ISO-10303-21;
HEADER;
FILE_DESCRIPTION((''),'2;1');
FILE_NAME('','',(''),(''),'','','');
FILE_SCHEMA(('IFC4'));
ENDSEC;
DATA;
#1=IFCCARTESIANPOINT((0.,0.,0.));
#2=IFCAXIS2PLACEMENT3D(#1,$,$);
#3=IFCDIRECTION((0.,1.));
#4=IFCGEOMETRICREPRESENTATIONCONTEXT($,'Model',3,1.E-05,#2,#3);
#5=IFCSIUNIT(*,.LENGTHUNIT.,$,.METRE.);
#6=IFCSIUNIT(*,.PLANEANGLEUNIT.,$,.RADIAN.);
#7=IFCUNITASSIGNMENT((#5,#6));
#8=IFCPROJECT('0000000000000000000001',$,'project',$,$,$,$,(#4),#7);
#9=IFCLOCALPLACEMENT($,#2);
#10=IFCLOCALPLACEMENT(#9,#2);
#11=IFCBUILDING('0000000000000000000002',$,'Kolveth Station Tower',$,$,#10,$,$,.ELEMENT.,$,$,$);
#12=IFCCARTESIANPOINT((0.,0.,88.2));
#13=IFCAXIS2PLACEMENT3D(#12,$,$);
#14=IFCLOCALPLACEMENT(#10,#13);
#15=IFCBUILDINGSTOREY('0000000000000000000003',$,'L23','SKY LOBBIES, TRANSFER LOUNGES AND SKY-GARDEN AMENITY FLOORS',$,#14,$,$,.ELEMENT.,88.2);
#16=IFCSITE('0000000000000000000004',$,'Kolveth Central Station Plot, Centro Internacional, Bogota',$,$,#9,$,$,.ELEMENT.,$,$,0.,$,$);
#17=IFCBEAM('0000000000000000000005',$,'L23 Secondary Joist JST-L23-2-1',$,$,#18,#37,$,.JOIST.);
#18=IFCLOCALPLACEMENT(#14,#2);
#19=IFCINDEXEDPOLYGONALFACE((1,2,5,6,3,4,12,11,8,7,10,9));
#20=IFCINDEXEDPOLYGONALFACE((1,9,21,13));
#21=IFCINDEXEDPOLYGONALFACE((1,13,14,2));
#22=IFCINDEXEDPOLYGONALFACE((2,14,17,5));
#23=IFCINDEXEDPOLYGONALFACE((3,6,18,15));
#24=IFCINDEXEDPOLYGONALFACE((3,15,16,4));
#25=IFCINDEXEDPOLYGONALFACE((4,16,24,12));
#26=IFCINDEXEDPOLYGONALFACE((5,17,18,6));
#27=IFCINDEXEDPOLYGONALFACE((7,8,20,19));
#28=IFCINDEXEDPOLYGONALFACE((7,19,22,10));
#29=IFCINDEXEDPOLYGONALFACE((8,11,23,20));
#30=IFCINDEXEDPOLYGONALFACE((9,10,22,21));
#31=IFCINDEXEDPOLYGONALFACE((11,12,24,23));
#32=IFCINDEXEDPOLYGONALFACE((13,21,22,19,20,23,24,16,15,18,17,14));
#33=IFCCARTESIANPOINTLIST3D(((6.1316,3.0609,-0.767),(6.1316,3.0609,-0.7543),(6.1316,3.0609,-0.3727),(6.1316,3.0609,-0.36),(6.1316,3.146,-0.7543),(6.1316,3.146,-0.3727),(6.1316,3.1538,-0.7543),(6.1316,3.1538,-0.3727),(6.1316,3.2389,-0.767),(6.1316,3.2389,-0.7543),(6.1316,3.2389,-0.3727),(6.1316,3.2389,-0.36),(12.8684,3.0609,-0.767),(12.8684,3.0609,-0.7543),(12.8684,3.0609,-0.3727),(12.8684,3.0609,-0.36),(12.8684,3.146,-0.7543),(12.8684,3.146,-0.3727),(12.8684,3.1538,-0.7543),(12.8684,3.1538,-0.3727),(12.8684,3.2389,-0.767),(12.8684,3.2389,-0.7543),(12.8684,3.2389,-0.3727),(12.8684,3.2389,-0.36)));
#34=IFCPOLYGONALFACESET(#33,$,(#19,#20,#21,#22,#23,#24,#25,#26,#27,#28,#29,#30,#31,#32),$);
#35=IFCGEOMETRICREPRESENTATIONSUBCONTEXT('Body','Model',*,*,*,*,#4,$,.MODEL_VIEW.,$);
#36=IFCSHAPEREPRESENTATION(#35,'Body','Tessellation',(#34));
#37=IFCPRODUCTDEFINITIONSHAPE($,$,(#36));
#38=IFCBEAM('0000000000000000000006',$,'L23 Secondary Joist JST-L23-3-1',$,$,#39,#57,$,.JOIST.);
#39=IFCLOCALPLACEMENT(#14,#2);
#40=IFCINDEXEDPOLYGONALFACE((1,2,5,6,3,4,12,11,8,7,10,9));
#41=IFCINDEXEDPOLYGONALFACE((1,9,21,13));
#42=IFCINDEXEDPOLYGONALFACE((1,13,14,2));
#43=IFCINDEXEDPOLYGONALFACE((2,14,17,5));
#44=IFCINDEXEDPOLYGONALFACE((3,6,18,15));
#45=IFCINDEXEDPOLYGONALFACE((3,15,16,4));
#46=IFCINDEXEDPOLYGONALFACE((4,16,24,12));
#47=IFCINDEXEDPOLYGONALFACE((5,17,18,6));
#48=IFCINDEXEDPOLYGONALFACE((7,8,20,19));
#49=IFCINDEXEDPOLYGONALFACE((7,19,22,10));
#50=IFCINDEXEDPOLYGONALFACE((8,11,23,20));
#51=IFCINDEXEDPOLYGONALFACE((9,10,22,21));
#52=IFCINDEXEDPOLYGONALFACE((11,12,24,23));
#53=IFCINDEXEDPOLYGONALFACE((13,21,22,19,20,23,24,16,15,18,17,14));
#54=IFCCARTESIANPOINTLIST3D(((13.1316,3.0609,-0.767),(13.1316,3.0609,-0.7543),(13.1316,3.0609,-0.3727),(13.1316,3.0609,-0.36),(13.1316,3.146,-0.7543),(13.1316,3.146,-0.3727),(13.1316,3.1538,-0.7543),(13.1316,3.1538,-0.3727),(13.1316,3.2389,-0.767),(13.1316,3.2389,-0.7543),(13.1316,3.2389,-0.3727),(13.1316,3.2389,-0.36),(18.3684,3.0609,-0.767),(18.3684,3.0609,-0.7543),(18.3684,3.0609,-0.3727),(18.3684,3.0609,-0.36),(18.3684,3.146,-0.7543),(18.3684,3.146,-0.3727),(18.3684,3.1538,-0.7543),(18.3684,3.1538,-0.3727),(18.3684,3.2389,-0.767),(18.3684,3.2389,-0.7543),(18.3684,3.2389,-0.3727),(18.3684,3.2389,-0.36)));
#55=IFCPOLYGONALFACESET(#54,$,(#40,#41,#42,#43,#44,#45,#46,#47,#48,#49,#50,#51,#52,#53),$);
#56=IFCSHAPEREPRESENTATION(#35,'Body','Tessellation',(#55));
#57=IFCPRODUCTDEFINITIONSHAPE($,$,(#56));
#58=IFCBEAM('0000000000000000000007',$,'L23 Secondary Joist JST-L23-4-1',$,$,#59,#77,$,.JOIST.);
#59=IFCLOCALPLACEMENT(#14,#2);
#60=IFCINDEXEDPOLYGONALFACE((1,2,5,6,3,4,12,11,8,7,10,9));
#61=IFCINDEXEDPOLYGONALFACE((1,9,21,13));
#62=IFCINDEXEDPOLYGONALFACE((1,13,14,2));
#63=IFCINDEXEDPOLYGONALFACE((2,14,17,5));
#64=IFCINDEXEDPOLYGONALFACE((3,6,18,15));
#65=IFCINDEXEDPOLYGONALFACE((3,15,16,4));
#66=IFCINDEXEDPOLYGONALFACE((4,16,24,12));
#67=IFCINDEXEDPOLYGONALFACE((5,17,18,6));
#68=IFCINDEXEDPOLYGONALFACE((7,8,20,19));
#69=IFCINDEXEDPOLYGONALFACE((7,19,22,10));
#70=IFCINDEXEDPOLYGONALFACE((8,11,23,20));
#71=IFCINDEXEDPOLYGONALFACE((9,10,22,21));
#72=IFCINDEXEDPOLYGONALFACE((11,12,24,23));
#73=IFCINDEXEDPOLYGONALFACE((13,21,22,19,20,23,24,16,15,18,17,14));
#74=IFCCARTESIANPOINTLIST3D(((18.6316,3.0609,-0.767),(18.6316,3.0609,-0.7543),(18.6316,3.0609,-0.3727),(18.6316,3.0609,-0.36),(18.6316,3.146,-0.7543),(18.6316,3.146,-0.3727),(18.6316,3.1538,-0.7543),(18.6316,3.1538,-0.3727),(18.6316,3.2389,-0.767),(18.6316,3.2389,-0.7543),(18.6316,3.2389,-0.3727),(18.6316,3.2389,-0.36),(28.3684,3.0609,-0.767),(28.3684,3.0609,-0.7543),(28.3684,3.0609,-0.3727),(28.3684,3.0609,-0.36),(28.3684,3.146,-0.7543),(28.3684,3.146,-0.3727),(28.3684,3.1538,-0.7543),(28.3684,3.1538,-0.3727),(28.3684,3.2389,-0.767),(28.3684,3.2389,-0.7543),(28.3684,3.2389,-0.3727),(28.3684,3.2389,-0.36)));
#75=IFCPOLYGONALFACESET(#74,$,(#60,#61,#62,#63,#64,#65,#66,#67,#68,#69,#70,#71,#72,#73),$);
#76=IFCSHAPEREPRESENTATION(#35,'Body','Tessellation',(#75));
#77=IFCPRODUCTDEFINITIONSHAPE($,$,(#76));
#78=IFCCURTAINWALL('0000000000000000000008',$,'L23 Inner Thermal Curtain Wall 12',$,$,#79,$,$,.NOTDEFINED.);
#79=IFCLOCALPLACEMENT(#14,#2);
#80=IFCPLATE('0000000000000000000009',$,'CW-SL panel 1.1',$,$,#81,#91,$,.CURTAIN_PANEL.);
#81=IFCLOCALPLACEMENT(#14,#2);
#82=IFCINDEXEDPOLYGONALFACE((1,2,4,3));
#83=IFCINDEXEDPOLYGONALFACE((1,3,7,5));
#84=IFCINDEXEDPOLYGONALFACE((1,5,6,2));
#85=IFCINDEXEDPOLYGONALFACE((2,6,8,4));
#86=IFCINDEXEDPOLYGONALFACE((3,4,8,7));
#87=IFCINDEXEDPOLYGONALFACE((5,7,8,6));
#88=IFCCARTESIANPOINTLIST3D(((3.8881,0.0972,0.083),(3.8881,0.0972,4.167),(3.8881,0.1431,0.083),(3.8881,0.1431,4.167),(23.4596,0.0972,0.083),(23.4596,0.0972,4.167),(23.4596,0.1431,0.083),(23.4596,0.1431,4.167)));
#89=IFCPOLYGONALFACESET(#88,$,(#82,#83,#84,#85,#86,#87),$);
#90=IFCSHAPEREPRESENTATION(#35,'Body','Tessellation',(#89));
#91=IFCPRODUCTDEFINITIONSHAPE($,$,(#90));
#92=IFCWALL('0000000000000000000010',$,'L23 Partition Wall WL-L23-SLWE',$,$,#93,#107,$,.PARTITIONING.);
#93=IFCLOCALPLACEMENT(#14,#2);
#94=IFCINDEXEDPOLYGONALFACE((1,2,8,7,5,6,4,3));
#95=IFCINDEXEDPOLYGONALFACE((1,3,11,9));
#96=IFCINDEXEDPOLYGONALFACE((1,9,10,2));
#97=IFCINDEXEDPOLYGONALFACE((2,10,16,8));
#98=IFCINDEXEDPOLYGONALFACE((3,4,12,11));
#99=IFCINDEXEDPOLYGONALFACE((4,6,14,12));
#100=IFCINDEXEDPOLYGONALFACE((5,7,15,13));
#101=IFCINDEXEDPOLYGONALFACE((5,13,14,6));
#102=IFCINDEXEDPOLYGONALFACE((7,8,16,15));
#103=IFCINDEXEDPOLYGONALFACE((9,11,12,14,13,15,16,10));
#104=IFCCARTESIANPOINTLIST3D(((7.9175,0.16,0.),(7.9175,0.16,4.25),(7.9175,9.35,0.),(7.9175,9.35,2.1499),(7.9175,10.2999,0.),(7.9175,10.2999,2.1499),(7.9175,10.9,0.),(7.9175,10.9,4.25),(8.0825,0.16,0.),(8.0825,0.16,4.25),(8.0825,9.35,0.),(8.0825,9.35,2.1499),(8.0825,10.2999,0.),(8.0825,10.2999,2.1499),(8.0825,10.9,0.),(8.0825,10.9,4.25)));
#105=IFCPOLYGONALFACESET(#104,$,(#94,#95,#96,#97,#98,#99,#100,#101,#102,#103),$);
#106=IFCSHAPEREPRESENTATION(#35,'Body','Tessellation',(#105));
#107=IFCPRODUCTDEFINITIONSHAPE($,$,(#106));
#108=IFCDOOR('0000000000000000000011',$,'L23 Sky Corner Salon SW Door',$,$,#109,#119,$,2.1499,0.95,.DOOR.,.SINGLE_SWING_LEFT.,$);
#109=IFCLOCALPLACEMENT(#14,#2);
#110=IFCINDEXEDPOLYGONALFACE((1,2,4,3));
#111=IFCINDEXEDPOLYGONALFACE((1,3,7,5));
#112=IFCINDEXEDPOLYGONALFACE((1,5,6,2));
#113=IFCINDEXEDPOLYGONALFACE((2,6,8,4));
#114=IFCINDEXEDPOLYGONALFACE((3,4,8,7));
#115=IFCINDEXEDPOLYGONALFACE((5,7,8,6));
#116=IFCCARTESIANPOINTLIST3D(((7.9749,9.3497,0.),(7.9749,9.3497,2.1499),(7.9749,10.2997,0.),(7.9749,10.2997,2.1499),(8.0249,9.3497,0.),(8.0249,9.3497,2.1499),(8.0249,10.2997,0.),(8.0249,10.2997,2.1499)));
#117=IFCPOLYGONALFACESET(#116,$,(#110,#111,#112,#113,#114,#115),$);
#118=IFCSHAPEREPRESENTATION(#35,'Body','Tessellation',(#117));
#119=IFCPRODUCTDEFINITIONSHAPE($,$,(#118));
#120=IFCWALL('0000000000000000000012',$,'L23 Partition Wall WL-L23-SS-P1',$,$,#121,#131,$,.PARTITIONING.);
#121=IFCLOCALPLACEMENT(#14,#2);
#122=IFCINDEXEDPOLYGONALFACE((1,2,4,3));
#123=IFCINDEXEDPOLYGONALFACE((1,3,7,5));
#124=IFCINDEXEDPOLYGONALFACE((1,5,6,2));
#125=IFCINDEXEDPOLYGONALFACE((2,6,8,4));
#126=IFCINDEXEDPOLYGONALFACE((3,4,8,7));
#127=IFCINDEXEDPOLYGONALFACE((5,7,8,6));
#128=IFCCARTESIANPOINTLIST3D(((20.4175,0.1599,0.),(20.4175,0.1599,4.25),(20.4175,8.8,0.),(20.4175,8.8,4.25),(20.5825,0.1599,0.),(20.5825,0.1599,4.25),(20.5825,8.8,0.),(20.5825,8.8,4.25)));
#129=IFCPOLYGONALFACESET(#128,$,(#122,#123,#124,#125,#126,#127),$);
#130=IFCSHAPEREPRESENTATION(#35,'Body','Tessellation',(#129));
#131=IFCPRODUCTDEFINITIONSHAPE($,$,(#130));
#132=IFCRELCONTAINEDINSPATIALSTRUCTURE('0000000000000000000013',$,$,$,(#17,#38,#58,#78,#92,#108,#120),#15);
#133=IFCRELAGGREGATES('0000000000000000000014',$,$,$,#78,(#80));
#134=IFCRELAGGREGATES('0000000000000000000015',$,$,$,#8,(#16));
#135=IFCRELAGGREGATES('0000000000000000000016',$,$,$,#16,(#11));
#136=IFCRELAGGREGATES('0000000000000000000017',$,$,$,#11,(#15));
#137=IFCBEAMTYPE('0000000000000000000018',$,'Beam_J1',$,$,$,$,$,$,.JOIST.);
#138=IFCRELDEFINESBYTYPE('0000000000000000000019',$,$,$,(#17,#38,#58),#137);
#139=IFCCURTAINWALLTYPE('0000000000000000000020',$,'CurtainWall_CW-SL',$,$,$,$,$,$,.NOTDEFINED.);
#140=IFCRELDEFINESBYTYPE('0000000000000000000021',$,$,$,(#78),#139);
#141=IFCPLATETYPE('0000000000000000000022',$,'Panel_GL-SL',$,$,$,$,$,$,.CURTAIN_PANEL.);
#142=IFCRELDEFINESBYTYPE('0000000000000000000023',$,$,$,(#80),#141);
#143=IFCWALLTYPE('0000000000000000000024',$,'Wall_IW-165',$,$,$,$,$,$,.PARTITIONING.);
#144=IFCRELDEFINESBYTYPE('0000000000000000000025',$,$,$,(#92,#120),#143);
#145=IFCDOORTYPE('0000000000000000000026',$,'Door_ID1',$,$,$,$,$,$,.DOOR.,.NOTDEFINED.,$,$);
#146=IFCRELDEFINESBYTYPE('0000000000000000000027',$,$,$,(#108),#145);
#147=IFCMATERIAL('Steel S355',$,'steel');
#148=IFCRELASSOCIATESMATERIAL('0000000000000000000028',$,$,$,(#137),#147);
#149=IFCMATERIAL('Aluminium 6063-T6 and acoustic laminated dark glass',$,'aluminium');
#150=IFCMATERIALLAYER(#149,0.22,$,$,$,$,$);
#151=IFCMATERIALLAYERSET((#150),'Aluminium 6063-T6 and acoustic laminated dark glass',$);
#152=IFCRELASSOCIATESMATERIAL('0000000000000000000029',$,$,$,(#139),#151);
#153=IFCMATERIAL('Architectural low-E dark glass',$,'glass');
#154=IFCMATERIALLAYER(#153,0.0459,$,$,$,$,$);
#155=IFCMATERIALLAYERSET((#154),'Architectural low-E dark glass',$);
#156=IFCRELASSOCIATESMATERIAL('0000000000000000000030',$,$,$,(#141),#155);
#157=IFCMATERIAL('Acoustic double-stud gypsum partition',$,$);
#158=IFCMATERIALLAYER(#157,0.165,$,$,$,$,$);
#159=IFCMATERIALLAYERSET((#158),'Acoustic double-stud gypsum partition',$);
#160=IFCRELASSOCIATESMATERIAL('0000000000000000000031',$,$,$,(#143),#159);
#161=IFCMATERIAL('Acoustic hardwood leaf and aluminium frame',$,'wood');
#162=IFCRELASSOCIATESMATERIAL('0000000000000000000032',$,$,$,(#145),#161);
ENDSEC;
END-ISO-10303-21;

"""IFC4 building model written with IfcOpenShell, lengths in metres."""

from ifc_helpers import new_model, si_unit, direction, frame, frame_2d, origin, origin_2d, place, context, subcontext, project, spatial, rectangle, i_section, extrude, source, transform, mapped, material, layer, layer_set, material_profile, profile_set, type_object, element, fill, aggregate, save


model = new_model("IFC4")

# Units and contexts
model_context = context("Model", 3, precision=1e-05, world=origin(), true_north=direction((0.0, 1.0)))
body_context = subcontext(model_context, "Body", "Model", "MODEL_VIEW")
ifc_project = project(units=[si_unit("LENGTHUNIT", "METRE"), si_unit("PLANEANGLEUNIT", "RADIAN")], contexts=[model_context])

# Site, building, storey
site_placement = place(None, origin())
site = spatial("IfcSite", under=ifc_project, at=site_placement, Name="Kolveth Central Station Plot, Centro Internacional, Bogota", CompositionType="ELEMENT", RefElevation=0.0)
building_placement = place(site_placement, origin())
building = spatial("IfcBuilding", under=site, at=building_placement, Name="Kolveth Station Tower", CompositionType="ELEMENT")
storey_placement = place(building_placement, frame((0.0, 0.0, 88.2)))
storey = spatial("IfcBuildingStorey", under=building, at=storey_placement, Name="L23", Description="SKY LOBBIES, TRANSFER LOUNGES AND SKY-GARDEN AMENITY FLOORS", CompositionType="ELEMENT", Elevation=88.2)

# Beams
ifc_material_1 = material(Name="Steel S355", Category="steel")
ifc_material_profile_1 = material_profile(ifc_material_1, i_section(OverallWidth=0.178, OverallDepth=0.407, WebThickness=0.0078, FlangeThickness=0.0127, at=origin_2d()), Name="W410x60")
ifc_profile_set_1 = profile_set([ifc_material_profile_1], Name="Steel S355")
beam_type_1 = type_object("IfcBeamType", Name="Beam_J1", PredefinedType="JOIST", material=ifc_profile_set_1)
shared_shape_1 = source(origin(), body_context, "Body", "SweptSolid", [
    extrude(i_section(OverallWidth=0.178, OverallDepth=0.407, WebThickness=0.0078, FlangeThickness=0.0127, at=origin_2d()), origin(), (0.0, 0.0, 1.0), 6.7368),
])
beam_1_placement = place(storey_placement, frame((6.1316, 3.1499, -0.5635), z_axis=(1.0, 0.0, 0.0), x_axis=(0.0, 1.0, 0.0)))
element("IfcBeam", 1, at=beam_1_placement, inside=storey, type_object=beam_type_1, Name="L23 Secondary Joist JST-L23-2-1", PredefinedType="JOIST", context=body_context, shape_type="MappedRepresentation", body=[
    mapped(shared_shape_1, transform((0.0, 0.0, 0.0), x_axis=(1.0, 0.0, 0.0), y_axis=(0.0, 1.0, 0.0), z_axis=(0.0, 0.0, 1.0), scale=1.0)),
])
shared_shape_2 = source(origin(), body_context, "Body", "SweptSolid", [
    extrude(i_section(OverallWidth=0.178, OverallDepth=0.407, WebThickness=0.0078, FlangeThickness=0.0127, at=origin_2d()), origin(), (0.0, 0.0, 1.0), 5.2368),
])
beam_2_placement = place(storey_placement, frame((13.1316, 3.1499, -0.5635), z_axis=(1.0, 0.0, 0.0), x_axis=(0.0, 1.0, 0.0)))
element("IfcBeam", 2, at=beam_2_placement, inside=storey, type_object=beam_type_1, Name="L23 Secondary Joist JST-L23-3-1", PredefinedType="JOIST", context=body_context, shape_type="MappedRepresentation", body=[
    mapped(shared_shape_2, transform((0.0, 0.0, 0.0), x_axis=(1.0, 0.0, 0.0), y_axis=(0.0, 1.0, 0.0), z_axis=(0.0, 0.0, 1.0), scale=1.0)),
])
shared_shape_3 = source(origin(), body_context, "Body", "SweptSolid", [
    extrude(i_section(OverallWidth=0.178, OverallDepth=0.407, WebThickness=0.0078, FlangeThickness=0.0127, at=origin_2d()), origin(), (0.0, 0.0, 1.0), 9.7368),
])
beam_3_placement = place(storey_placement, frame((18.6316, 3.1499, -0.5635), z_axis=(1.0, 0.0, 0.0), x_axis=(0.0, 1.0, 0.0)))
element("IfcBeam", 3, at=beam_3_placement, inside=storey, type_object=beam_type_1, Name="L23 Secondary Joist JST-L23-4-1", PredefinedType="JOIST", context=body_context, shape_type="MappedRepresentation", body=[
    mapped(shared_shape_3, transform((0.0, 0.0, 0.0), x_axis=(1.0, 0.0, 0.0), y_axis=(0.0, 1.0, 0.0), z_axis=(0.0, 0.0, 1.0), scale=1.0)),
])

# Curtain wall, plate
ifc_material_2 = material(Name="Aluminium 6063-T6 and acoustic laminated dark glass", Category="aluminium")
ifc_layer_1 = layer(ifc_material_2, 0.22)
ifc_layer_set_1 = layer_set([ifc_layer_1], Name="Aluminium 6063-T6 and acoustic laminated dark glass")
curtain_wall_type = type_object("IfcCurtainWallType", Name="CurtainWall_CW-SL", PredefinedType="NOTDEFINED", material=ifc_layer_set_1)
curtain_wall_placement = place(storey_placement, origin())
curtain_wall = element("IfcCurtainWall", 4, at=curtain_wall_placement, inside=storey, type_object=curtain_wall_type, Name="L23 Inner Thermal Curtain Wall 12", PredefinedType="NOTDEFINED")
ifc_material_3 = material(Name="Architectural low-E dark glass", Category="glass")
ifc_layer_2 = layer(ifc_material_3, 0.0459)
ifc_layer_set_2 = layer_set([ifc_layer_2], Name="Architectural low-E dark glass")
plate_type = type_object("IfcPlateType", Name="Panel_GL-SL", PredefinedType="CURTAIN_PANEL", material=ifc_layer_set_2)
shared_shape_4 = source(origin(), body_context, "Body", "SweptSolid", [
    extrude(rectangle(XDim=19.5715, YDim=0.0459, at=origin_2d()), origin(), (0.0, 0.0, 1.0), 4.084),
])
plate_placement = place(storey_placement, frame((13.6738, 0.1201, 0.083), z_axis=(0.0, 0.0, 1.0), x_axis=(1.0, 0.0, 0.0)))
plate = element("IfcPlate", 5, at=plate_placement, type_object=plate_type, Name="CW-SL panel 1.1", PredefinedType="CURTAIN_PANEL", context=body_context, shape_type="MappedRepresentation", body=[
    mapped(shared_shape_4, transform((0.0, 0.0, 0.0), x_axis=(1.0, 0.0, 0.0), y_axis=(0.0, 1.0, 0.0), z_axis=(0.0, 0.0, 1.0), scale=1.0)),
])
aggregate(curtain_wall, [plate])

# Wall, opening, door
ifc_material_4 = material(Name="Acoustic double-stud gypsum partition")
ifc_layer_3 = layer(ifc_material_4, 0.165)
ifc_layer_set_3 = layer_set([ifc_layer_3], Name="Acoustic double-stud gypsum partition")
wall_type = type_object("IfcWallType", Name="Wall_IW-165", PredefinedType="PARTITIONING", material=ifc_layer_set_3)
wall_1_placement = place(storey_placement, frame((8.0, 0.1599, 0.0), z_axis=(0.0, 0.0, 1.0), x_axis=(0.0, 1.0, 0.0)))
wall_1 = element("IfcWall", 6, at=wall_1_placement, inside=storey, type_object=wall_type, Name="L23 Partition Wall WL-L23-SLWE", PredefinedType="PARTITIONING", context=body_context, shape_type="SweptSolid", body=[
    extrude(rectangle(XDim=10.74, YDim=0.165, at=frame_2d((5.3701, 0.0))), origin(), (0.0, 0.0, 1.0), 4.25),
])
opening_placement = place(wall_1_placement, frame((9.1899, 0.0, 0.0)))
opening = element("IfcOpeningElement", 7, at=opening_placement, cuts=wall_1, PredefinedType="OPENING", context=body_context, shape_type="SweptSolid", body=[
    extrude(rectangle(XDim=0.95, YDim=2.1499, at=frame_2d((0.4751, 1.075))), frame((0.0, 0.0925, 0.0), z_axis=(0.0, -1.0, 0.0), x_axis=(1.0, 0.0, 0.0)), (0.0, 0.0, 1.0), 0.1851),
])
ifc_material_5 = material(Name="Acoustic hardwood leaf and aluminium frame", Category="wood")
door_type = type_object("IfcDoorType", Name="Door_ID1", OperationType="NOTDEFINED", PredefinedType="DOOR", material=ifc_material_5)
door_placement = place(opening_placement, frame((0.95, 0.0, 0.0), z_axis=(0.0, 0.0, 1.0), x_axis=(-1.0, 0.0, 0.0)))
door = element("IfcDoor", 8, at=door_placement, inside=storey, type_object=door_type, Name="L23 Sky Corner Salon SW Door", OperationType="SINGLE_SWING_LEFT", OverallHeight=2.1499, OverallWidth=0.95, PredefinedType="DOOR", context=body_context, shape_type="SweptSolid", body=[
    extrude(rectangle(XDim=0.95, YDim=2.1499, at=frame_2d((0.4751, 1.075))), frame((0.0, 0.0249, 0.0), z_axis=(0.0, -1.0, 0.0), x_axis=(1.0, 0.0, 0.0)), (0.0, 0.0, 1.0), 0.05),
])
fill(opening, door)

# Wall
wall_2_placement = place(storey_placement, frame((20.5, 0.1599, 0.0), z_axis=(0.0, 0.0, 1.0), x_axis=(0.0, 1.0, 0.0)))
element("IfcWall", 9, at=wall_2_placement, inside=storey, type_object=wall_type, Name="L23 Partition Wall WL-L23-SS-P1", PredefinedType="PARTITIONING", context=body_context, shape_type="SweptSolid", body=[
    extrude(rectangle(XDim=8.6401, YDim=0.165, at=frame_2d((4.3201, 0.0))), origin(), (0.0, 0.0, 1.0), 4.25),
])

save(model, "model.ifc")
